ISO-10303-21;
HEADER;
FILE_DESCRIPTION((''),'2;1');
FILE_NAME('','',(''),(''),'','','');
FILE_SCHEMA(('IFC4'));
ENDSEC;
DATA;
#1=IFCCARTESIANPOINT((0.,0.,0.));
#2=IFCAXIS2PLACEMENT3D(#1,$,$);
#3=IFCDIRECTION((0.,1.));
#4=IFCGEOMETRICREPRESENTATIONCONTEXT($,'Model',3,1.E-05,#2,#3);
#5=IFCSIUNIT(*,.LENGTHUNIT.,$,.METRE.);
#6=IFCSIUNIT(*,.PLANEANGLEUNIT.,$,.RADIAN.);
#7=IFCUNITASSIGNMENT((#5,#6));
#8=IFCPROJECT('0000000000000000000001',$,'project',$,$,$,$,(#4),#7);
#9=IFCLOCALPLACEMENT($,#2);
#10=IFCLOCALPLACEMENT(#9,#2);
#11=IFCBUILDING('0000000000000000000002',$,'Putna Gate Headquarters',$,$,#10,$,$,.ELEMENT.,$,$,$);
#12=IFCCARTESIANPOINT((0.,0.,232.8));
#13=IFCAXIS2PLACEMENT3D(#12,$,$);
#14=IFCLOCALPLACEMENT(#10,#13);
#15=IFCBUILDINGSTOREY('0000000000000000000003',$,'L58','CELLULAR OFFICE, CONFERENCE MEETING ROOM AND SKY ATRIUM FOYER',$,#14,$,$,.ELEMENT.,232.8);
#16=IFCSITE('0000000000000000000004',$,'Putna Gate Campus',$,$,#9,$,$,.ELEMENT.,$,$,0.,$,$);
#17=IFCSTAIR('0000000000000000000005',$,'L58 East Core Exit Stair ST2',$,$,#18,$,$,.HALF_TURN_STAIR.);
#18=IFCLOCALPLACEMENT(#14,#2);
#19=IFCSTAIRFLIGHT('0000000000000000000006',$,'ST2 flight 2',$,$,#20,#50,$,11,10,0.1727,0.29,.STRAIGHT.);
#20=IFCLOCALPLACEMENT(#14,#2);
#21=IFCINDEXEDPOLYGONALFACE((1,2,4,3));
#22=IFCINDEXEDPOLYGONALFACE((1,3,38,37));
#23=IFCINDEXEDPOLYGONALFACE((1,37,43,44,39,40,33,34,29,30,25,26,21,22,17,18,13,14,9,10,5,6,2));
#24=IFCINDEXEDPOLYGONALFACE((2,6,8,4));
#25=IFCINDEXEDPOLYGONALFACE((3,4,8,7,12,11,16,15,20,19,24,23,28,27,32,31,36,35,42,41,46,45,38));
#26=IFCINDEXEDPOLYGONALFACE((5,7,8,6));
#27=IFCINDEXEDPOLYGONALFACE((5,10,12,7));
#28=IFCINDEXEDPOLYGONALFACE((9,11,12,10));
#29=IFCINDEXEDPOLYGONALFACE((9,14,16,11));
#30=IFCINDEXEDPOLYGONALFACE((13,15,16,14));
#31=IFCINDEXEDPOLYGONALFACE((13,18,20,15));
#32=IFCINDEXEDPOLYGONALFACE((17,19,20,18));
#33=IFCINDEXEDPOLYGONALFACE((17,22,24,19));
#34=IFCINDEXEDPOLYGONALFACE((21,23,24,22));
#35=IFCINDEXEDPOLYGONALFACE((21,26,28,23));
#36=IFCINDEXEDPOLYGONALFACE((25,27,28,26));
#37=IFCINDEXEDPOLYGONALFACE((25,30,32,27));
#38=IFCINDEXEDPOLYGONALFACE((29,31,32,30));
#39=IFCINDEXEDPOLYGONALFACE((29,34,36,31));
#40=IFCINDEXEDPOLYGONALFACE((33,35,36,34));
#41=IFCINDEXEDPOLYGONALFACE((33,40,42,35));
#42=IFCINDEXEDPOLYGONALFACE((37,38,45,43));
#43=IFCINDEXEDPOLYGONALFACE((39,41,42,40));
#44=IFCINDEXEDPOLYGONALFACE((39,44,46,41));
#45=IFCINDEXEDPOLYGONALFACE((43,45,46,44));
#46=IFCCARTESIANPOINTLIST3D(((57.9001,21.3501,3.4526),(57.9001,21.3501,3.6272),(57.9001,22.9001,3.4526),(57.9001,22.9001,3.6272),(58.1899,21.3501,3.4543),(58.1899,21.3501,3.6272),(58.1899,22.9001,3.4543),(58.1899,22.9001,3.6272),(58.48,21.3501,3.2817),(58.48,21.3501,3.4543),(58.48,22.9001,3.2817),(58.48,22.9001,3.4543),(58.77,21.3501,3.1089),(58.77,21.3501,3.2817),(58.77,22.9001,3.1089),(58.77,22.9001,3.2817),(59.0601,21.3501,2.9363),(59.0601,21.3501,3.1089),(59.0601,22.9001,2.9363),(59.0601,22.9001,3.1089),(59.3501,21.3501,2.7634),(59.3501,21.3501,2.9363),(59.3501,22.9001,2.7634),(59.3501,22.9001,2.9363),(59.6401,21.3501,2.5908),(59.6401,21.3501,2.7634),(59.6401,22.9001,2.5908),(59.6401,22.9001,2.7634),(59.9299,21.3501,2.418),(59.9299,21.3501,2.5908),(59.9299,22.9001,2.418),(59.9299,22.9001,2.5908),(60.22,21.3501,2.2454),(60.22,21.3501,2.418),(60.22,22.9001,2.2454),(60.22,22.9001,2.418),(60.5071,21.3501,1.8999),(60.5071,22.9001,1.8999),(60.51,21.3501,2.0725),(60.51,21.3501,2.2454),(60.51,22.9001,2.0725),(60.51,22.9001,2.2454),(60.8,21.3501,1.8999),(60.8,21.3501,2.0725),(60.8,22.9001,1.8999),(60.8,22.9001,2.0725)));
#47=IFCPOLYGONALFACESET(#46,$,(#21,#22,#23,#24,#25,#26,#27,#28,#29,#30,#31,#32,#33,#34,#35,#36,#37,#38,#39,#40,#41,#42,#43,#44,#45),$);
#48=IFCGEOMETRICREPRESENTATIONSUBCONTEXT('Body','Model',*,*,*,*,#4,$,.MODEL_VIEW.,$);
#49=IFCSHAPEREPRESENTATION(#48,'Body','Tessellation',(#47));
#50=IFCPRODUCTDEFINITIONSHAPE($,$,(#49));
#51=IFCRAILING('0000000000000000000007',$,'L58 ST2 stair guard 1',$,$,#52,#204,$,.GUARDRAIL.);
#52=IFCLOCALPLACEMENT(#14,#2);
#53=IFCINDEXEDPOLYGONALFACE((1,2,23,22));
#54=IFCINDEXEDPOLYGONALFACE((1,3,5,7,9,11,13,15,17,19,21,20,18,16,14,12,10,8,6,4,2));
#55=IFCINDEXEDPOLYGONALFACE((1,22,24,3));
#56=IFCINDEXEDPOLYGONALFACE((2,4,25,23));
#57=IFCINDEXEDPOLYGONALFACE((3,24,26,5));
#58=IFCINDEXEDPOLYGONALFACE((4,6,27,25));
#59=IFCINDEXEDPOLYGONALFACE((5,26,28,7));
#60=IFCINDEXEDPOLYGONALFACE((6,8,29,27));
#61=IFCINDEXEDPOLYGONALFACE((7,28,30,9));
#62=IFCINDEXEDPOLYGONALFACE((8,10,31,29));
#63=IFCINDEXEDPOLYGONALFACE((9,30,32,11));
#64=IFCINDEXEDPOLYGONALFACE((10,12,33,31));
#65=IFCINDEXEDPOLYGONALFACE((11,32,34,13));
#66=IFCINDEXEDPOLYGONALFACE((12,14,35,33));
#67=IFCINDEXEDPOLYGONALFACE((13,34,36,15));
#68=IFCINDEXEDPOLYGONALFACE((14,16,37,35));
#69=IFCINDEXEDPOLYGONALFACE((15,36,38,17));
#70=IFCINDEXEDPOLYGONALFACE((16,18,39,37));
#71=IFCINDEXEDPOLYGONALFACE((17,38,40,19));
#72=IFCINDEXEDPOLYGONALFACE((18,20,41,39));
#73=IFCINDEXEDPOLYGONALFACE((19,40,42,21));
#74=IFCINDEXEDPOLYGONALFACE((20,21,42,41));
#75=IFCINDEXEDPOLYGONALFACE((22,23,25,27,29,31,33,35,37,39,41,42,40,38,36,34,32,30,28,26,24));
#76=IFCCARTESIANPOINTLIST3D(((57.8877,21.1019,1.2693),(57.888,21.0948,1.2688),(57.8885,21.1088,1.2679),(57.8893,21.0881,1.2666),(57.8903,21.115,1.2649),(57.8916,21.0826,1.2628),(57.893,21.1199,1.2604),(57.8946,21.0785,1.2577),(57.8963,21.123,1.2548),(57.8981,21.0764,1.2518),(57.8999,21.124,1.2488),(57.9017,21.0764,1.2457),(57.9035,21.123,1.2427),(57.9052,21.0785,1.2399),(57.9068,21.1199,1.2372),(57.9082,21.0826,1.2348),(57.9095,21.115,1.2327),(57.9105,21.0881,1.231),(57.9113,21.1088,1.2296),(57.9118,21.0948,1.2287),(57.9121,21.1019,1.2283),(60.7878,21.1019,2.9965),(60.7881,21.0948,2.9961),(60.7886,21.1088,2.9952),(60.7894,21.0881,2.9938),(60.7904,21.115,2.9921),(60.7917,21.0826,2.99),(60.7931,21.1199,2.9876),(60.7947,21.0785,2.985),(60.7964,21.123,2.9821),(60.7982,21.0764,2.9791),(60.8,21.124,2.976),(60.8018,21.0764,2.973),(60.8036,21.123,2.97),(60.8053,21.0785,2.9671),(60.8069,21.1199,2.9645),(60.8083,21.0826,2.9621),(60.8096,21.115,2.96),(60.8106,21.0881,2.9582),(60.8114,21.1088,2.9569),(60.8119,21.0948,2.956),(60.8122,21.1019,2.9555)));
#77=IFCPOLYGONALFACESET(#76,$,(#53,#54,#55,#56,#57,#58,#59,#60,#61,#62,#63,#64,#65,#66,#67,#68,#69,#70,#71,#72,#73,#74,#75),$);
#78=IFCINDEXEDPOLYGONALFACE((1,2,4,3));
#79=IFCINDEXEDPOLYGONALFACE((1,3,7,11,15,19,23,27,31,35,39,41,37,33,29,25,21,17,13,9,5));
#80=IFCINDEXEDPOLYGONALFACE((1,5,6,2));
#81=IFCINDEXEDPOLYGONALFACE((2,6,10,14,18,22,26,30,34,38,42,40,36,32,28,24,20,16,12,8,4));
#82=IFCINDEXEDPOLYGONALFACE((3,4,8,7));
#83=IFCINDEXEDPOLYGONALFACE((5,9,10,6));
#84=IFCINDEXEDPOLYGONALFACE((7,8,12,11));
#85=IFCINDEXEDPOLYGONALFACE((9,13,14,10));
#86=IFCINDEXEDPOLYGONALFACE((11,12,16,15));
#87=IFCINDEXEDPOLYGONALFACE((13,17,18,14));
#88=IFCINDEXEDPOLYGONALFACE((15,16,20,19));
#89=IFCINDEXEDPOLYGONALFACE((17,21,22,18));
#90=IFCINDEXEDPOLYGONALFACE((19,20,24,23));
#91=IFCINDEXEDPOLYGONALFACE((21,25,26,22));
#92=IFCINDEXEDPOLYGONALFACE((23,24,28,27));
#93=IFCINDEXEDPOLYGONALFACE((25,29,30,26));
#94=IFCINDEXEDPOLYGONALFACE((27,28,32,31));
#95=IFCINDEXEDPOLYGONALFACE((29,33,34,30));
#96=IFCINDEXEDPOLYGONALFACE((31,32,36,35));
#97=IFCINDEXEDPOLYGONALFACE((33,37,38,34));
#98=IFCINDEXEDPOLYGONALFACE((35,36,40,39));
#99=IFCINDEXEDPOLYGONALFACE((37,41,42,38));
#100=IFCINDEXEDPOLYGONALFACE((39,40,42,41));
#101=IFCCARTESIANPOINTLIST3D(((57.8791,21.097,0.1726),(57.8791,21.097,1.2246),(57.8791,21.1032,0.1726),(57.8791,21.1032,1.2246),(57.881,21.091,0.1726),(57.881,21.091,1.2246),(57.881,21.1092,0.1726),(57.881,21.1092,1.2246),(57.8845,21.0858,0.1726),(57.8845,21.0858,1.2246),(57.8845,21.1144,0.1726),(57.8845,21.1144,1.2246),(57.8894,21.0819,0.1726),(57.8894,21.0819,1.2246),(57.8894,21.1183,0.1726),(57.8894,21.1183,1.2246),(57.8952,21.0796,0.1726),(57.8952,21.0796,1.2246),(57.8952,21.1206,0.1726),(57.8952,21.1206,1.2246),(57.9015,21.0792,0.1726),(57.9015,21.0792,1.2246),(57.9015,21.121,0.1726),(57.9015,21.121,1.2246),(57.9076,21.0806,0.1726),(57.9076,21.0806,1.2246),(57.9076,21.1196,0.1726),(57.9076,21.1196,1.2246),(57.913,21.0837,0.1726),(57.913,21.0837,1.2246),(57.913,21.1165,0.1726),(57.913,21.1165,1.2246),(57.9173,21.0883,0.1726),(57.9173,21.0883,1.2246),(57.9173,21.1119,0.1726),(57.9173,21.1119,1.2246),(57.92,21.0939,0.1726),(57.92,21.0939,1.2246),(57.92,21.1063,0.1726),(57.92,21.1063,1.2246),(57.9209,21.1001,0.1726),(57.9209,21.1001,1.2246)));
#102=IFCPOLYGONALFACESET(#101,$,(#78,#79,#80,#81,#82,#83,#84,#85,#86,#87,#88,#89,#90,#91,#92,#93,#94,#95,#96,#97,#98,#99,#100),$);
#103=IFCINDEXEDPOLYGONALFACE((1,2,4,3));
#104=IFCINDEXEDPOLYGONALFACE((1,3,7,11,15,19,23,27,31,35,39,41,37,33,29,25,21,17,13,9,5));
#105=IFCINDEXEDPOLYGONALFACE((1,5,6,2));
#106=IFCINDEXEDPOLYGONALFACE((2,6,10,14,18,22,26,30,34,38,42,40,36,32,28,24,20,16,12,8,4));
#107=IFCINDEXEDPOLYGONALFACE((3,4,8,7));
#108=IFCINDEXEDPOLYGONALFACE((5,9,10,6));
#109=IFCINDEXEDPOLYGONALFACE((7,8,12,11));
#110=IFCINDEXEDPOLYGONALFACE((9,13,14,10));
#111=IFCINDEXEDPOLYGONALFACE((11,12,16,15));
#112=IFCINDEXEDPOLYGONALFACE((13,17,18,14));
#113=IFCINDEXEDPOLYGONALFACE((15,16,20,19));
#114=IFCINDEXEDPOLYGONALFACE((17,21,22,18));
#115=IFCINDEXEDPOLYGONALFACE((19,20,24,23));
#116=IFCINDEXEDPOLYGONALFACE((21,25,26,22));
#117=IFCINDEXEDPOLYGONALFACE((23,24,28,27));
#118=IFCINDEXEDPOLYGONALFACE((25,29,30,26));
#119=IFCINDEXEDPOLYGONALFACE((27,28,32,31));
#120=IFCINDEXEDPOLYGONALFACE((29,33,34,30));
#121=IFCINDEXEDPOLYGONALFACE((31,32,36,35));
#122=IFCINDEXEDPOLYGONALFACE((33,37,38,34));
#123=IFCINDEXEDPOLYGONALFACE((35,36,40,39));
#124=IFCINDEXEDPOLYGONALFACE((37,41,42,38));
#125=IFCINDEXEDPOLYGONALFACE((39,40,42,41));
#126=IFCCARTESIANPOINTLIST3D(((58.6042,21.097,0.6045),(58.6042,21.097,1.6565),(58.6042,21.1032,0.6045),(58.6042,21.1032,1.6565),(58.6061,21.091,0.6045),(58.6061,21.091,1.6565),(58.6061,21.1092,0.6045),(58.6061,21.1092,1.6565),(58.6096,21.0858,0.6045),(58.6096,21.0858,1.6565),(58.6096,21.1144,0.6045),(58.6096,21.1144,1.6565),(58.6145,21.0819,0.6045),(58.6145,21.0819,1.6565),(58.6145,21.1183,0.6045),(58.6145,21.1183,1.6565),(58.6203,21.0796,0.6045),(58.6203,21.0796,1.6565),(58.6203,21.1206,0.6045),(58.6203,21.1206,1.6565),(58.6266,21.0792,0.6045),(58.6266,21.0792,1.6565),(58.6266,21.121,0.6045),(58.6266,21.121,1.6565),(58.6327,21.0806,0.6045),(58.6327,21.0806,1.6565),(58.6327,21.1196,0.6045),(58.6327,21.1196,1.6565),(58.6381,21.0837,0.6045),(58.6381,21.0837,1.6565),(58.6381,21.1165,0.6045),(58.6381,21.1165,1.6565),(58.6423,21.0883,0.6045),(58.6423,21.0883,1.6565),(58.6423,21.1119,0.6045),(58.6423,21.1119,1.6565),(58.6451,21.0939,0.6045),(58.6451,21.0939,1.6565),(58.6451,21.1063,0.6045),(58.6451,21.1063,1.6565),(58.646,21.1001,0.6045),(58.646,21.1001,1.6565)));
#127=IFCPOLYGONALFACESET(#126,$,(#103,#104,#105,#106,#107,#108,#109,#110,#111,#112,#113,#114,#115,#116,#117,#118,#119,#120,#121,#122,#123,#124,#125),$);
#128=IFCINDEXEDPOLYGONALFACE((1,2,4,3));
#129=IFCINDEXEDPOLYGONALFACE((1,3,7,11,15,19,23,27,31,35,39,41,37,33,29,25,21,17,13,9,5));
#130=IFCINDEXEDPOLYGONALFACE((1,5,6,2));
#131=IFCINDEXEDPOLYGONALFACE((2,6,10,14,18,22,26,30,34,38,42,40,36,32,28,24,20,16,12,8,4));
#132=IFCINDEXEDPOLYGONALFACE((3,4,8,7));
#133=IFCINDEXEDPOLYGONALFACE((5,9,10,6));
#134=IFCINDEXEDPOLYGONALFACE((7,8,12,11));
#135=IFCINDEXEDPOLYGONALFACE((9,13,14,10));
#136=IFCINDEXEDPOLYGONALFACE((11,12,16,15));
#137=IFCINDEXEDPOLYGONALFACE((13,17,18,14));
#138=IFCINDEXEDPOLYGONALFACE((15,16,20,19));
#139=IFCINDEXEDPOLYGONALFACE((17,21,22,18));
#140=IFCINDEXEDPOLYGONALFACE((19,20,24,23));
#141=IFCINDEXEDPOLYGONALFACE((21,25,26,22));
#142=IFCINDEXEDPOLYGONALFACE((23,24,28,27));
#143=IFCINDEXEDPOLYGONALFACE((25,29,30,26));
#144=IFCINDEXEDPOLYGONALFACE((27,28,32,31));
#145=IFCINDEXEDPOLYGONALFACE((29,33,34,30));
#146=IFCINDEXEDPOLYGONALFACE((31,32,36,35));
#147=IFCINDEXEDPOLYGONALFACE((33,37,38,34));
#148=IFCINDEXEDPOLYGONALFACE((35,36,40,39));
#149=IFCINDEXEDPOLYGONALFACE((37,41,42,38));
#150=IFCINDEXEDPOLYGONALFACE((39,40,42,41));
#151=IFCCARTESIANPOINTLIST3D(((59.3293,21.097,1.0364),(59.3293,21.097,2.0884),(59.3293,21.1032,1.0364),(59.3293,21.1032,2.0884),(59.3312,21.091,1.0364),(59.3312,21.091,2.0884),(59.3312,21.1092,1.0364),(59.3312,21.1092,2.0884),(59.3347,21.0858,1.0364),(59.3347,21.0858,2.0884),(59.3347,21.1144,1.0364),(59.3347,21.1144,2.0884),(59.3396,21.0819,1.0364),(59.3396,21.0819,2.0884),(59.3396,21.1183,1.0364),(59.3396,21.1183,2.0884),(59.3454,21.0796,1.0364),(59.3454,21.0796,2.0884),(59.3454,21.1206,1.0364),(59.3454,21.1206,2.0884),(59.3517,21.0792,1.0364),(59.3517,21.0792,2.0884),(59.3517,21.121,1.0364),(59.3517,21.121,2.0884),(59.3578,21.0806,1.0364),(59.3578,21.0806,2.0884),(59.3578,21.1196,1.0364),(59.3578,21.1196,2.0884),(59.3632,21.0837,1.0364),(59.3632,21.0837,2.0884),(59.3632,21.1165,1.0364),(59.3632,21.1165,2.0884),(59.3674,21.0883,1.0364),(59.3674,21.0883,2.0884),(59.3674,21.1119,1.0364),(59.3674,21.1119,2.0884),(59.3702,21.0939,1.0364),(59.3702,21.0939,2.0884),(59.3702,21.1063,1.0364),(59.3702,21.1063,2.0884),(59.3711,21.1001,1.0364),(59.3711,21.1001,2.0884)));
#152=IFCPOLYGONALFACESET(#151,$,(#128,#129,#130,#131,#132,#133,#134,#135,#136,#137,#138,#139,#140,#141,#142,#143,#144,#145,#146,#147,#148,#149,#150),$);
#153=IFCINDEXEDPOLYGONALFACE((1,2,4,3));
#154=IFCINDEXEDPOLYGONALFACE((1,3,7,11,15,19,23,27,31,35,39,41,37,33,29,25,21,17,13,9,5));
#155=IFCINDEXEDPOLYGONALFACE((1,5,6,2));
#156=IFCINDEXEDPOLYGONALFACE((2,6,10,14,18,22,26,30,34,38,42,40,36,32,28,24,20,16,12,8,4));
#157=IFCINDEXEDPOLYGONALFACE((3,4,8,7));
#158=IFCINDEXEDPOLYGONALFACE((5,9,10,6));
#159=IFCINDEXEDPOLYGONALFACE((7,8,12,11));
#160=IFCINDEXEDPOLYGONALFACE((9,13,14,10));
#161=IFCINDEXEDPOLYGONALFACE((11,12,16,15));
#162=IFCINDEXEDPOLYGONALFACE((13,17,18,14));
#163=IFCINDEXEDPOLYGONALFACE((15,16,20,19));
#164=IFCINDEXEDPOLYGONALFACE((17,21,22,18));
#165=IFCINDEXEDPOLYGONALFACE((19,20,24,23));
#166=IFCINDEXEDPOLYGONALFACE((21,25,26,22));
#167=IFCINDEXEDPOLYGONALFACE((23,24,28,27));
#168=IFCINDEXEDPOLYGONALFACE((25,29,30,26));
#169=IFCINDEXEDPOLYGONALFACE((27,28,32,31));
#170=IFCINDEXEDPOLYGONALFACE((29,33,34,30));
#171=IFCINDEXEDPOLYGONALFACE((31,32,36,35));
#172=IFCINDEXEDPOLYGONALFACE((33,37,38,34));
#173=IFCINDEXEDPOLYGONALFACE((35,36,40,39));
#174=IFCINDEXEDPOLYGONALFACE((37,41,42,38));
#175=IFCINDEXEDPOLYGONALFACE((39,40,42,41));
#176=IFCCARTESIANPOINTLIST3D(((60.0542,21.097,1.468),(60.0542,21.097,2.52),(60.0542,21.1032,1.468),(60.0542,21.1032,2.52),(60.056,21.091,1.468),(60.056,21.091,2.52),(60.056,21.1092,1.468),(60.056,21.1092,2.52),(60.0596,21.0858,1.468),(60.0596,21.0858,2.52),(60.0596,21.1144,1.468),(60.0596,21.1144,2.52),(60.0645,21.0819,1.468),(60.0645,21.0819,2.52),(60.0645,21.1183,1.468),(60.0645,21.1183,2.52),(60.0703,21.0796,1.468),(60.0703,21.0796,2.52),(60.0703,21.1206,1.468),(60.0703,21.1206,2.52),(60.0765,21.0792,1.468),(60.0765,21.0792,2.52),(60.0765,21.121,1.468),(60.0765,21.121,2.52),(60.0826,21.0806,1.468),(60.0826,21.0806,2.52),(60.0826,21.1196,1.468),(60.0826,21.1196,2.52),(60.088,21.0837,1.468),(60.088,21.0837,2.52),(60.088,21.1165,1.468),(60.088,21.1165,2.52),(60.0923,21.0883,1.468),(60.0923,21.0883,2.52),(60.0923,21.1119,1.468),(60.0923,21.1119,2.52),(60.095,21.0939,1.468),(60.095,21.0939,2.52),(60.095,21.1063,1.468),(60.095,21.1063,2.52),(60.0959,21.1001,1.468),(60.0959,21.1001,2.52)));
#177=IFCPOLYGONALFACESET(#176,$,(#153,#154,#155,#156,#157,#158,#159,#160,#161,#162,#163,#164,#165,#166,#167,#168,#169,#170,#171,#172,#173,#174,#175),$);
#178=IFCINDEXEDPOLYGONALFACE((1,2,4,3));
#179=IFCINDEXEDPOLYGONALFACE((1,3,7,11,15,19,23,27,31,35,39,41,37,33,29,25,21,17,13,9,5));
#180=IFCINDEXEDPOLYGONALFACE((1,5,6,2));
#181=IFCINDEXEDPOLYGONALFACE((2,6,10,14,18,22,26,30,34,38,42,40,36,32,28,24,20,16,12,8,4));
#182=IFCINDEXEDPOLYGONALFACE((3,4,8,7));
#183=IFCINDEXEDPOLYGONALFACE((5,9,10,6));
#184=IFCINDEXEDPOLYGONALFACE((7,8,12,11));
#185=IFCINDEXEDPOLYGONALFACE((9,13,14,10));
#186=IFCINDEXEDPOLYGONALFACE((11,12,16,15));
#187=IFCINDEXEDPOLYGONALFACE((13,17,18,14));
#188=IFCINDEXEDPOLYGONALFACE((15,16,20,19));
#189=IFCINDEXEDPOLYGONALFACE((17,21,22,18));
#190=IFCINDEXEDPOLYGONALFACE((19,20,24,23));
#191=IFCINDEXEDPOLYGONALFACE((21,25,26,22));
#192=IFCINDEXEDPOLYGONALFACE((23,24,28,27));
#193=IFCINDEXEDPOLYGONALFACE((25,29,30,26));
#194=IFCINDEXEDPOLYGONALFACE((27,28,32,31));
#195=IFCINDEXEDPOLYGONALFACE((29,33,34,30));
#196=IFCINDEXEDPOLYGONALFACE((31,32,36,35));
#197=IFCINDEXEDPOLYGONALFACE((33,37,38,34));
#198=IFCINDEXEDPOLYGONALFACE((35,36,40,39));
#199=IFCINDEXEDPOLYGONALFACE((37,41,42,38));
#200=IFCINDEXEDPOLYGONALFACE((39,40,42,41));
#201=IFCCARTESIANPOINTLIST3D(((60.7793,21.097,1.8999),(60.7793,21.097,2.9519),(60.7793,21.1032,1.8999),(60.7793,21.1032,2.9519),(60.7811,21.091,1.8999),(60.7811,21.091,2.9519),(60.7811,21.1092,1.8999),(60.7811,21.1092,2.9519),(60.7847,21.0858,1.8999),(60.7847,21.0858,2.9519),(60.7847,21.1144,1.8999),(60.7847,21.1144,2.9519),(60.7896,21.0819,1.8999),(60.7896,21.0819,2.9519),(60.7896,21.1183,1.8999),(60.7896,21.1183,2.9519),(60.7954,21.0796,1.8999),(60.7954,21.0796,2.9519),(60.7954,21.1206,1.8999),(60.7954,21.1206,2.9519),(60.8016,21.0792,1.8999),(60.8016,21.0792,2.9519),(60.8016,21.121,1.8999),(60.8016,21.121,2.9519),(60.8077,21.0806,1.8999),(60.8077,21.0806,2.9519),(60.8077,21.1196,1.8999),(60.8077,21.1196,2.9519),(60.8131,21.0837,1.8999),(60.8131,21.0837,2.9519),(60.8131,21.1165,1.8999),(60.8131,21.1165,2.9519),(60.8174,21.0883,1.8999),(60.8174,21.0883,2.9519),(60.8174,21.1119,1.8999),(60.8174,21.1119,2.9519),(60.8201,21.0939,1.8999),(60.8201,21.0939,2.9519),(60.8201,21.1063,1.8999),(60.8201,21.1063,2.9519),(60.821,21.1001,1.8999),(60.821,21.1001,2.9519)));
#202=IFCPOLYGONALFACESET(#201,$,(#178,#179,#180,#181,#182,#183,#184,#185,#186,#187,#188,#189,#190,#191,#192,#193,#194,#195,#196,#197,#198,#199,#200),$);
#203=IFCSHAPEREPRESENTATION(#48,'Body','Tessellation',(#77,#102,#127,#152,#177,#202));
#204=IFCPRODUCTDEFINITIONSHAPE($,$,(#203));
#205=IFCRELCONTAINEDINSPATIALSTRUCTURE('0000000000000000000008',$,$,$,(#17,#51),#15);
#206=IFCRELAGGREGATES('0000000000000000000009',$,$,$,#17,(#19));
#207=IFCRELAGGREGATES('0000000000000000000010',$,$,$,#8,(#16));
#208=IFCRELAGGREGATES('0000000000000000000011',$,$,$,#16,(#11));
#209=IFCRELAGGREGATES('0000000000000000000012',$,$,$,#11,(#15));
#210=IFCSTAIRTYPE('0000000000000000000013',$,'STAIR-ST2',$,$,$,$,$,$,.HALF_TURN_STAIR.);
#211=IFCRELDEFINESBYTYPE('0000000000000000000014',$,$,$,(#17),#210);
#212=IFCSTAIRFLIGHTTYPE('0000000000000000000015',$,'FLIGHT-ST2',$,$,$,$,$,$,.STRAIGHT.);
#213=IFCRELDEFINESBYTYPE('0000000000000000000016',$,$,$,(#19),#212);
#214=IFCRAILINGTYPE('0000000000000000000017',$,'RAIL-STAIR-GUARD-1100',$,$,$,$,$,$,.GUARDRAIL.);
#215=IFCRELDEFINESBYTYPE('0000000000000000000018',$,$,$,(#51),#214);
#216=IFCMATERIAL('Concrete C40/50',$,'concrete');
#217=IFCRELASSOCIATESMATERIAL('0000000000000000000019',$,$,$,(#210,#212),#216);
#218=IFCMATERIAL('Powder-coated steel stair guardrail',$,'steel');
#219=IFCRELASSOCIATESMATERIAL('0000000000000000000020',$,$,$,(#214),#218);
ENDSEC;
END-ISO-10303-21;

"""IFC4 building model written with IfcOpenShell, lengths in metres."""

from ifc_helpers import new_model, si_unit, direction, frame, origin, origin_2d, place, context, subcontext, project, spatial, polyline, circle, outline, extrude, material, type_object, element, aggregate, save


model = new_model("IFC4")

# Units and contexts
model_context = context("Model", 3, precision=1e-05, world=origin(), true_north=direction((0.0, 1.0)))
body_context = subcontext(model_context, "Body", "Model", "MODEL_VIEW")
ifc_project = project(units=[si_unit("LENGTHUNIT", "METRE"), si_unit("PLANEANGLEUNIT", "RADIAN")], contexts=[model_context])

# Site, building, storey
site_placement = place(None, origin())
site = spatial("IfcSite", under=ifc_project, at=site_placement, Name="Putna Gate Campus", CompositionType="ELEMENT", RefElevation=0.0)
building_placement = place(site_placement, origin())
building = spatial("IfcBuilding", under=site, at=building_placement, Name="Putna Gate Headquarters", CompositionType="ELEMENT")
storey_placement = place(building_placement, frame((0.0, 0.0, 232.8)))
storey = spatial("IfcBuildingStorey", under=building, at=storey_placement, Name="L58", Description="CELLULAR OFFICE, CONFERENCE MEETING ROOM AND SKY ATRIUM FOYER", CompositionType="ELEMENT", Elevation=232.8)

# Shared definitions
ifc_material_1 = material(Name="Concrete C40/50", Category="concrete")

# Stair, stair flight
stair_type = type_object("IfcStairType", Name="STAIR-ST2", PredefinedType="HALF_TURN_STAIR", material=ifc_material_1)
stair_placement = place(storey_placement, origin())
stair = element("IfcStair", 1, at=stair_placement, inside=storey, type_object=stair_type, Name="L58 East Core Exit Stair ST2", PredefinedType="HALF_TURN_STAIR")
stair_flight_type = type_object("IfcStairFlightType", Name="FLIGHT-ST2", PredefinedType="STRAIGHT", material=ifc_material_1)
stair_flight_1_placement = place(storey_placement, frame((60.8, 22.125, 1.8999), z_axis=(0.0, 0.0, 1.0), x_axis=(-1.0, 0.0, 0.0)))
stair_flight_1 = element("IfcStairFlight", 2, at=stair_flight_1_placement, type_object=stair_flight_type, Name="ST2 flight 2", NumberOfRisers=11, NumberOfTreads=10, PredefinedType="STRAIGHT", RiserHeight=0.1727, TreadLength=0.29, context=body_context, shape_type="SweptSolid", body=[
    extrude(outline(polyline([(0.0, 0.0), (0.0, 0.1726), (0.29, 0.1726), (0.29, 0.3455), (0.5801, 0.3455), (0.5801, 0.5181), (0.8701, 0.5181), (0.8701, 0.6909), (1.1599, 0.6909), (1.1599, 0.8635), (1.45, 0.8635), (1.45, 1.0364), (1.74, 1.0364), (1.74, 1.209), (2.03, 1.209), (2.03, 1.3818), (2.3201, 1.3818), (2.3201, 1.5544), (2.6101, 1.5544), (2.6101, 1.7273), (2.8999, 1.7273), (2.8999, 1.8999), (2.8999, 1.5527), (0.293, 0.0), (0.0, 0.0)])), frame((0.0, 0.7749, 0.0), z_axis=(0.0, -1.0, 0.0), x_axis=(1.0, 0.0, 0.0)), (0.0, 0.0, 1.0), 1.55),
])
aggregate(stair, [stair_flight_1])

# Railing
ifc_material_2 = material(Name="Powder-coated steel stair guardrail", Category="steel")
railing_type_1 = type_object("IfcRailingType", Name="RAIL-STAIR-GUARD-1100", PredefinedType="GUARDRAIL", material=ifc_material_2)
railing_1_placement = place(storey_placement, frame((57.8999, 21.1001, 0.1726)))
element("IfcRailing", 3, at=railing_1_placement, inside=storey, type_object=railing_type_1, Name="L58 ST2 stair guard 1", PredefinedType="GUARDRAIL", context=body_context, shape_type="SweptSolid", body=[
    extrude(circle(Radius=0.0239, at=origin_2d()), frame((0.0, 0.0, 1.0762), z_axis=(0.85916, 0.0, 0.511706), x_axis=(0.0, 1.0, 0.0)), (0.0, 0.0, 1.0), 3.3755),
    extrude(circle(Radius=0.021, at=origin_2d()), origin(), (0.0, 0.0, 1.0), 1.052),
    extrude(circle(Radius=0.021, at=origin_2d()), frame((0.7251, 0.0, 0.4319)), (0.0, 0.0, 1.0), 1.052),
    extrude(circle(Radius=0.021, at=origin_2d()), frame((1.4502, 0.0, 0.8638)), (0.0, 0.0, 1.0), 1.052),
    extrude(circle(Radius=0.021, at=origin_2d()), frame((2.175, 0.0, 1.2954)), (0.0, 0.0, 1.0), 1.052),
    extrude(circle(Radius=0.021, at=origin_2d()), frame((2.9001, 0.0, 1.7273)), (0.0, 0.0, 1.0), 1.052),
])

save(model, "model.ifc")
